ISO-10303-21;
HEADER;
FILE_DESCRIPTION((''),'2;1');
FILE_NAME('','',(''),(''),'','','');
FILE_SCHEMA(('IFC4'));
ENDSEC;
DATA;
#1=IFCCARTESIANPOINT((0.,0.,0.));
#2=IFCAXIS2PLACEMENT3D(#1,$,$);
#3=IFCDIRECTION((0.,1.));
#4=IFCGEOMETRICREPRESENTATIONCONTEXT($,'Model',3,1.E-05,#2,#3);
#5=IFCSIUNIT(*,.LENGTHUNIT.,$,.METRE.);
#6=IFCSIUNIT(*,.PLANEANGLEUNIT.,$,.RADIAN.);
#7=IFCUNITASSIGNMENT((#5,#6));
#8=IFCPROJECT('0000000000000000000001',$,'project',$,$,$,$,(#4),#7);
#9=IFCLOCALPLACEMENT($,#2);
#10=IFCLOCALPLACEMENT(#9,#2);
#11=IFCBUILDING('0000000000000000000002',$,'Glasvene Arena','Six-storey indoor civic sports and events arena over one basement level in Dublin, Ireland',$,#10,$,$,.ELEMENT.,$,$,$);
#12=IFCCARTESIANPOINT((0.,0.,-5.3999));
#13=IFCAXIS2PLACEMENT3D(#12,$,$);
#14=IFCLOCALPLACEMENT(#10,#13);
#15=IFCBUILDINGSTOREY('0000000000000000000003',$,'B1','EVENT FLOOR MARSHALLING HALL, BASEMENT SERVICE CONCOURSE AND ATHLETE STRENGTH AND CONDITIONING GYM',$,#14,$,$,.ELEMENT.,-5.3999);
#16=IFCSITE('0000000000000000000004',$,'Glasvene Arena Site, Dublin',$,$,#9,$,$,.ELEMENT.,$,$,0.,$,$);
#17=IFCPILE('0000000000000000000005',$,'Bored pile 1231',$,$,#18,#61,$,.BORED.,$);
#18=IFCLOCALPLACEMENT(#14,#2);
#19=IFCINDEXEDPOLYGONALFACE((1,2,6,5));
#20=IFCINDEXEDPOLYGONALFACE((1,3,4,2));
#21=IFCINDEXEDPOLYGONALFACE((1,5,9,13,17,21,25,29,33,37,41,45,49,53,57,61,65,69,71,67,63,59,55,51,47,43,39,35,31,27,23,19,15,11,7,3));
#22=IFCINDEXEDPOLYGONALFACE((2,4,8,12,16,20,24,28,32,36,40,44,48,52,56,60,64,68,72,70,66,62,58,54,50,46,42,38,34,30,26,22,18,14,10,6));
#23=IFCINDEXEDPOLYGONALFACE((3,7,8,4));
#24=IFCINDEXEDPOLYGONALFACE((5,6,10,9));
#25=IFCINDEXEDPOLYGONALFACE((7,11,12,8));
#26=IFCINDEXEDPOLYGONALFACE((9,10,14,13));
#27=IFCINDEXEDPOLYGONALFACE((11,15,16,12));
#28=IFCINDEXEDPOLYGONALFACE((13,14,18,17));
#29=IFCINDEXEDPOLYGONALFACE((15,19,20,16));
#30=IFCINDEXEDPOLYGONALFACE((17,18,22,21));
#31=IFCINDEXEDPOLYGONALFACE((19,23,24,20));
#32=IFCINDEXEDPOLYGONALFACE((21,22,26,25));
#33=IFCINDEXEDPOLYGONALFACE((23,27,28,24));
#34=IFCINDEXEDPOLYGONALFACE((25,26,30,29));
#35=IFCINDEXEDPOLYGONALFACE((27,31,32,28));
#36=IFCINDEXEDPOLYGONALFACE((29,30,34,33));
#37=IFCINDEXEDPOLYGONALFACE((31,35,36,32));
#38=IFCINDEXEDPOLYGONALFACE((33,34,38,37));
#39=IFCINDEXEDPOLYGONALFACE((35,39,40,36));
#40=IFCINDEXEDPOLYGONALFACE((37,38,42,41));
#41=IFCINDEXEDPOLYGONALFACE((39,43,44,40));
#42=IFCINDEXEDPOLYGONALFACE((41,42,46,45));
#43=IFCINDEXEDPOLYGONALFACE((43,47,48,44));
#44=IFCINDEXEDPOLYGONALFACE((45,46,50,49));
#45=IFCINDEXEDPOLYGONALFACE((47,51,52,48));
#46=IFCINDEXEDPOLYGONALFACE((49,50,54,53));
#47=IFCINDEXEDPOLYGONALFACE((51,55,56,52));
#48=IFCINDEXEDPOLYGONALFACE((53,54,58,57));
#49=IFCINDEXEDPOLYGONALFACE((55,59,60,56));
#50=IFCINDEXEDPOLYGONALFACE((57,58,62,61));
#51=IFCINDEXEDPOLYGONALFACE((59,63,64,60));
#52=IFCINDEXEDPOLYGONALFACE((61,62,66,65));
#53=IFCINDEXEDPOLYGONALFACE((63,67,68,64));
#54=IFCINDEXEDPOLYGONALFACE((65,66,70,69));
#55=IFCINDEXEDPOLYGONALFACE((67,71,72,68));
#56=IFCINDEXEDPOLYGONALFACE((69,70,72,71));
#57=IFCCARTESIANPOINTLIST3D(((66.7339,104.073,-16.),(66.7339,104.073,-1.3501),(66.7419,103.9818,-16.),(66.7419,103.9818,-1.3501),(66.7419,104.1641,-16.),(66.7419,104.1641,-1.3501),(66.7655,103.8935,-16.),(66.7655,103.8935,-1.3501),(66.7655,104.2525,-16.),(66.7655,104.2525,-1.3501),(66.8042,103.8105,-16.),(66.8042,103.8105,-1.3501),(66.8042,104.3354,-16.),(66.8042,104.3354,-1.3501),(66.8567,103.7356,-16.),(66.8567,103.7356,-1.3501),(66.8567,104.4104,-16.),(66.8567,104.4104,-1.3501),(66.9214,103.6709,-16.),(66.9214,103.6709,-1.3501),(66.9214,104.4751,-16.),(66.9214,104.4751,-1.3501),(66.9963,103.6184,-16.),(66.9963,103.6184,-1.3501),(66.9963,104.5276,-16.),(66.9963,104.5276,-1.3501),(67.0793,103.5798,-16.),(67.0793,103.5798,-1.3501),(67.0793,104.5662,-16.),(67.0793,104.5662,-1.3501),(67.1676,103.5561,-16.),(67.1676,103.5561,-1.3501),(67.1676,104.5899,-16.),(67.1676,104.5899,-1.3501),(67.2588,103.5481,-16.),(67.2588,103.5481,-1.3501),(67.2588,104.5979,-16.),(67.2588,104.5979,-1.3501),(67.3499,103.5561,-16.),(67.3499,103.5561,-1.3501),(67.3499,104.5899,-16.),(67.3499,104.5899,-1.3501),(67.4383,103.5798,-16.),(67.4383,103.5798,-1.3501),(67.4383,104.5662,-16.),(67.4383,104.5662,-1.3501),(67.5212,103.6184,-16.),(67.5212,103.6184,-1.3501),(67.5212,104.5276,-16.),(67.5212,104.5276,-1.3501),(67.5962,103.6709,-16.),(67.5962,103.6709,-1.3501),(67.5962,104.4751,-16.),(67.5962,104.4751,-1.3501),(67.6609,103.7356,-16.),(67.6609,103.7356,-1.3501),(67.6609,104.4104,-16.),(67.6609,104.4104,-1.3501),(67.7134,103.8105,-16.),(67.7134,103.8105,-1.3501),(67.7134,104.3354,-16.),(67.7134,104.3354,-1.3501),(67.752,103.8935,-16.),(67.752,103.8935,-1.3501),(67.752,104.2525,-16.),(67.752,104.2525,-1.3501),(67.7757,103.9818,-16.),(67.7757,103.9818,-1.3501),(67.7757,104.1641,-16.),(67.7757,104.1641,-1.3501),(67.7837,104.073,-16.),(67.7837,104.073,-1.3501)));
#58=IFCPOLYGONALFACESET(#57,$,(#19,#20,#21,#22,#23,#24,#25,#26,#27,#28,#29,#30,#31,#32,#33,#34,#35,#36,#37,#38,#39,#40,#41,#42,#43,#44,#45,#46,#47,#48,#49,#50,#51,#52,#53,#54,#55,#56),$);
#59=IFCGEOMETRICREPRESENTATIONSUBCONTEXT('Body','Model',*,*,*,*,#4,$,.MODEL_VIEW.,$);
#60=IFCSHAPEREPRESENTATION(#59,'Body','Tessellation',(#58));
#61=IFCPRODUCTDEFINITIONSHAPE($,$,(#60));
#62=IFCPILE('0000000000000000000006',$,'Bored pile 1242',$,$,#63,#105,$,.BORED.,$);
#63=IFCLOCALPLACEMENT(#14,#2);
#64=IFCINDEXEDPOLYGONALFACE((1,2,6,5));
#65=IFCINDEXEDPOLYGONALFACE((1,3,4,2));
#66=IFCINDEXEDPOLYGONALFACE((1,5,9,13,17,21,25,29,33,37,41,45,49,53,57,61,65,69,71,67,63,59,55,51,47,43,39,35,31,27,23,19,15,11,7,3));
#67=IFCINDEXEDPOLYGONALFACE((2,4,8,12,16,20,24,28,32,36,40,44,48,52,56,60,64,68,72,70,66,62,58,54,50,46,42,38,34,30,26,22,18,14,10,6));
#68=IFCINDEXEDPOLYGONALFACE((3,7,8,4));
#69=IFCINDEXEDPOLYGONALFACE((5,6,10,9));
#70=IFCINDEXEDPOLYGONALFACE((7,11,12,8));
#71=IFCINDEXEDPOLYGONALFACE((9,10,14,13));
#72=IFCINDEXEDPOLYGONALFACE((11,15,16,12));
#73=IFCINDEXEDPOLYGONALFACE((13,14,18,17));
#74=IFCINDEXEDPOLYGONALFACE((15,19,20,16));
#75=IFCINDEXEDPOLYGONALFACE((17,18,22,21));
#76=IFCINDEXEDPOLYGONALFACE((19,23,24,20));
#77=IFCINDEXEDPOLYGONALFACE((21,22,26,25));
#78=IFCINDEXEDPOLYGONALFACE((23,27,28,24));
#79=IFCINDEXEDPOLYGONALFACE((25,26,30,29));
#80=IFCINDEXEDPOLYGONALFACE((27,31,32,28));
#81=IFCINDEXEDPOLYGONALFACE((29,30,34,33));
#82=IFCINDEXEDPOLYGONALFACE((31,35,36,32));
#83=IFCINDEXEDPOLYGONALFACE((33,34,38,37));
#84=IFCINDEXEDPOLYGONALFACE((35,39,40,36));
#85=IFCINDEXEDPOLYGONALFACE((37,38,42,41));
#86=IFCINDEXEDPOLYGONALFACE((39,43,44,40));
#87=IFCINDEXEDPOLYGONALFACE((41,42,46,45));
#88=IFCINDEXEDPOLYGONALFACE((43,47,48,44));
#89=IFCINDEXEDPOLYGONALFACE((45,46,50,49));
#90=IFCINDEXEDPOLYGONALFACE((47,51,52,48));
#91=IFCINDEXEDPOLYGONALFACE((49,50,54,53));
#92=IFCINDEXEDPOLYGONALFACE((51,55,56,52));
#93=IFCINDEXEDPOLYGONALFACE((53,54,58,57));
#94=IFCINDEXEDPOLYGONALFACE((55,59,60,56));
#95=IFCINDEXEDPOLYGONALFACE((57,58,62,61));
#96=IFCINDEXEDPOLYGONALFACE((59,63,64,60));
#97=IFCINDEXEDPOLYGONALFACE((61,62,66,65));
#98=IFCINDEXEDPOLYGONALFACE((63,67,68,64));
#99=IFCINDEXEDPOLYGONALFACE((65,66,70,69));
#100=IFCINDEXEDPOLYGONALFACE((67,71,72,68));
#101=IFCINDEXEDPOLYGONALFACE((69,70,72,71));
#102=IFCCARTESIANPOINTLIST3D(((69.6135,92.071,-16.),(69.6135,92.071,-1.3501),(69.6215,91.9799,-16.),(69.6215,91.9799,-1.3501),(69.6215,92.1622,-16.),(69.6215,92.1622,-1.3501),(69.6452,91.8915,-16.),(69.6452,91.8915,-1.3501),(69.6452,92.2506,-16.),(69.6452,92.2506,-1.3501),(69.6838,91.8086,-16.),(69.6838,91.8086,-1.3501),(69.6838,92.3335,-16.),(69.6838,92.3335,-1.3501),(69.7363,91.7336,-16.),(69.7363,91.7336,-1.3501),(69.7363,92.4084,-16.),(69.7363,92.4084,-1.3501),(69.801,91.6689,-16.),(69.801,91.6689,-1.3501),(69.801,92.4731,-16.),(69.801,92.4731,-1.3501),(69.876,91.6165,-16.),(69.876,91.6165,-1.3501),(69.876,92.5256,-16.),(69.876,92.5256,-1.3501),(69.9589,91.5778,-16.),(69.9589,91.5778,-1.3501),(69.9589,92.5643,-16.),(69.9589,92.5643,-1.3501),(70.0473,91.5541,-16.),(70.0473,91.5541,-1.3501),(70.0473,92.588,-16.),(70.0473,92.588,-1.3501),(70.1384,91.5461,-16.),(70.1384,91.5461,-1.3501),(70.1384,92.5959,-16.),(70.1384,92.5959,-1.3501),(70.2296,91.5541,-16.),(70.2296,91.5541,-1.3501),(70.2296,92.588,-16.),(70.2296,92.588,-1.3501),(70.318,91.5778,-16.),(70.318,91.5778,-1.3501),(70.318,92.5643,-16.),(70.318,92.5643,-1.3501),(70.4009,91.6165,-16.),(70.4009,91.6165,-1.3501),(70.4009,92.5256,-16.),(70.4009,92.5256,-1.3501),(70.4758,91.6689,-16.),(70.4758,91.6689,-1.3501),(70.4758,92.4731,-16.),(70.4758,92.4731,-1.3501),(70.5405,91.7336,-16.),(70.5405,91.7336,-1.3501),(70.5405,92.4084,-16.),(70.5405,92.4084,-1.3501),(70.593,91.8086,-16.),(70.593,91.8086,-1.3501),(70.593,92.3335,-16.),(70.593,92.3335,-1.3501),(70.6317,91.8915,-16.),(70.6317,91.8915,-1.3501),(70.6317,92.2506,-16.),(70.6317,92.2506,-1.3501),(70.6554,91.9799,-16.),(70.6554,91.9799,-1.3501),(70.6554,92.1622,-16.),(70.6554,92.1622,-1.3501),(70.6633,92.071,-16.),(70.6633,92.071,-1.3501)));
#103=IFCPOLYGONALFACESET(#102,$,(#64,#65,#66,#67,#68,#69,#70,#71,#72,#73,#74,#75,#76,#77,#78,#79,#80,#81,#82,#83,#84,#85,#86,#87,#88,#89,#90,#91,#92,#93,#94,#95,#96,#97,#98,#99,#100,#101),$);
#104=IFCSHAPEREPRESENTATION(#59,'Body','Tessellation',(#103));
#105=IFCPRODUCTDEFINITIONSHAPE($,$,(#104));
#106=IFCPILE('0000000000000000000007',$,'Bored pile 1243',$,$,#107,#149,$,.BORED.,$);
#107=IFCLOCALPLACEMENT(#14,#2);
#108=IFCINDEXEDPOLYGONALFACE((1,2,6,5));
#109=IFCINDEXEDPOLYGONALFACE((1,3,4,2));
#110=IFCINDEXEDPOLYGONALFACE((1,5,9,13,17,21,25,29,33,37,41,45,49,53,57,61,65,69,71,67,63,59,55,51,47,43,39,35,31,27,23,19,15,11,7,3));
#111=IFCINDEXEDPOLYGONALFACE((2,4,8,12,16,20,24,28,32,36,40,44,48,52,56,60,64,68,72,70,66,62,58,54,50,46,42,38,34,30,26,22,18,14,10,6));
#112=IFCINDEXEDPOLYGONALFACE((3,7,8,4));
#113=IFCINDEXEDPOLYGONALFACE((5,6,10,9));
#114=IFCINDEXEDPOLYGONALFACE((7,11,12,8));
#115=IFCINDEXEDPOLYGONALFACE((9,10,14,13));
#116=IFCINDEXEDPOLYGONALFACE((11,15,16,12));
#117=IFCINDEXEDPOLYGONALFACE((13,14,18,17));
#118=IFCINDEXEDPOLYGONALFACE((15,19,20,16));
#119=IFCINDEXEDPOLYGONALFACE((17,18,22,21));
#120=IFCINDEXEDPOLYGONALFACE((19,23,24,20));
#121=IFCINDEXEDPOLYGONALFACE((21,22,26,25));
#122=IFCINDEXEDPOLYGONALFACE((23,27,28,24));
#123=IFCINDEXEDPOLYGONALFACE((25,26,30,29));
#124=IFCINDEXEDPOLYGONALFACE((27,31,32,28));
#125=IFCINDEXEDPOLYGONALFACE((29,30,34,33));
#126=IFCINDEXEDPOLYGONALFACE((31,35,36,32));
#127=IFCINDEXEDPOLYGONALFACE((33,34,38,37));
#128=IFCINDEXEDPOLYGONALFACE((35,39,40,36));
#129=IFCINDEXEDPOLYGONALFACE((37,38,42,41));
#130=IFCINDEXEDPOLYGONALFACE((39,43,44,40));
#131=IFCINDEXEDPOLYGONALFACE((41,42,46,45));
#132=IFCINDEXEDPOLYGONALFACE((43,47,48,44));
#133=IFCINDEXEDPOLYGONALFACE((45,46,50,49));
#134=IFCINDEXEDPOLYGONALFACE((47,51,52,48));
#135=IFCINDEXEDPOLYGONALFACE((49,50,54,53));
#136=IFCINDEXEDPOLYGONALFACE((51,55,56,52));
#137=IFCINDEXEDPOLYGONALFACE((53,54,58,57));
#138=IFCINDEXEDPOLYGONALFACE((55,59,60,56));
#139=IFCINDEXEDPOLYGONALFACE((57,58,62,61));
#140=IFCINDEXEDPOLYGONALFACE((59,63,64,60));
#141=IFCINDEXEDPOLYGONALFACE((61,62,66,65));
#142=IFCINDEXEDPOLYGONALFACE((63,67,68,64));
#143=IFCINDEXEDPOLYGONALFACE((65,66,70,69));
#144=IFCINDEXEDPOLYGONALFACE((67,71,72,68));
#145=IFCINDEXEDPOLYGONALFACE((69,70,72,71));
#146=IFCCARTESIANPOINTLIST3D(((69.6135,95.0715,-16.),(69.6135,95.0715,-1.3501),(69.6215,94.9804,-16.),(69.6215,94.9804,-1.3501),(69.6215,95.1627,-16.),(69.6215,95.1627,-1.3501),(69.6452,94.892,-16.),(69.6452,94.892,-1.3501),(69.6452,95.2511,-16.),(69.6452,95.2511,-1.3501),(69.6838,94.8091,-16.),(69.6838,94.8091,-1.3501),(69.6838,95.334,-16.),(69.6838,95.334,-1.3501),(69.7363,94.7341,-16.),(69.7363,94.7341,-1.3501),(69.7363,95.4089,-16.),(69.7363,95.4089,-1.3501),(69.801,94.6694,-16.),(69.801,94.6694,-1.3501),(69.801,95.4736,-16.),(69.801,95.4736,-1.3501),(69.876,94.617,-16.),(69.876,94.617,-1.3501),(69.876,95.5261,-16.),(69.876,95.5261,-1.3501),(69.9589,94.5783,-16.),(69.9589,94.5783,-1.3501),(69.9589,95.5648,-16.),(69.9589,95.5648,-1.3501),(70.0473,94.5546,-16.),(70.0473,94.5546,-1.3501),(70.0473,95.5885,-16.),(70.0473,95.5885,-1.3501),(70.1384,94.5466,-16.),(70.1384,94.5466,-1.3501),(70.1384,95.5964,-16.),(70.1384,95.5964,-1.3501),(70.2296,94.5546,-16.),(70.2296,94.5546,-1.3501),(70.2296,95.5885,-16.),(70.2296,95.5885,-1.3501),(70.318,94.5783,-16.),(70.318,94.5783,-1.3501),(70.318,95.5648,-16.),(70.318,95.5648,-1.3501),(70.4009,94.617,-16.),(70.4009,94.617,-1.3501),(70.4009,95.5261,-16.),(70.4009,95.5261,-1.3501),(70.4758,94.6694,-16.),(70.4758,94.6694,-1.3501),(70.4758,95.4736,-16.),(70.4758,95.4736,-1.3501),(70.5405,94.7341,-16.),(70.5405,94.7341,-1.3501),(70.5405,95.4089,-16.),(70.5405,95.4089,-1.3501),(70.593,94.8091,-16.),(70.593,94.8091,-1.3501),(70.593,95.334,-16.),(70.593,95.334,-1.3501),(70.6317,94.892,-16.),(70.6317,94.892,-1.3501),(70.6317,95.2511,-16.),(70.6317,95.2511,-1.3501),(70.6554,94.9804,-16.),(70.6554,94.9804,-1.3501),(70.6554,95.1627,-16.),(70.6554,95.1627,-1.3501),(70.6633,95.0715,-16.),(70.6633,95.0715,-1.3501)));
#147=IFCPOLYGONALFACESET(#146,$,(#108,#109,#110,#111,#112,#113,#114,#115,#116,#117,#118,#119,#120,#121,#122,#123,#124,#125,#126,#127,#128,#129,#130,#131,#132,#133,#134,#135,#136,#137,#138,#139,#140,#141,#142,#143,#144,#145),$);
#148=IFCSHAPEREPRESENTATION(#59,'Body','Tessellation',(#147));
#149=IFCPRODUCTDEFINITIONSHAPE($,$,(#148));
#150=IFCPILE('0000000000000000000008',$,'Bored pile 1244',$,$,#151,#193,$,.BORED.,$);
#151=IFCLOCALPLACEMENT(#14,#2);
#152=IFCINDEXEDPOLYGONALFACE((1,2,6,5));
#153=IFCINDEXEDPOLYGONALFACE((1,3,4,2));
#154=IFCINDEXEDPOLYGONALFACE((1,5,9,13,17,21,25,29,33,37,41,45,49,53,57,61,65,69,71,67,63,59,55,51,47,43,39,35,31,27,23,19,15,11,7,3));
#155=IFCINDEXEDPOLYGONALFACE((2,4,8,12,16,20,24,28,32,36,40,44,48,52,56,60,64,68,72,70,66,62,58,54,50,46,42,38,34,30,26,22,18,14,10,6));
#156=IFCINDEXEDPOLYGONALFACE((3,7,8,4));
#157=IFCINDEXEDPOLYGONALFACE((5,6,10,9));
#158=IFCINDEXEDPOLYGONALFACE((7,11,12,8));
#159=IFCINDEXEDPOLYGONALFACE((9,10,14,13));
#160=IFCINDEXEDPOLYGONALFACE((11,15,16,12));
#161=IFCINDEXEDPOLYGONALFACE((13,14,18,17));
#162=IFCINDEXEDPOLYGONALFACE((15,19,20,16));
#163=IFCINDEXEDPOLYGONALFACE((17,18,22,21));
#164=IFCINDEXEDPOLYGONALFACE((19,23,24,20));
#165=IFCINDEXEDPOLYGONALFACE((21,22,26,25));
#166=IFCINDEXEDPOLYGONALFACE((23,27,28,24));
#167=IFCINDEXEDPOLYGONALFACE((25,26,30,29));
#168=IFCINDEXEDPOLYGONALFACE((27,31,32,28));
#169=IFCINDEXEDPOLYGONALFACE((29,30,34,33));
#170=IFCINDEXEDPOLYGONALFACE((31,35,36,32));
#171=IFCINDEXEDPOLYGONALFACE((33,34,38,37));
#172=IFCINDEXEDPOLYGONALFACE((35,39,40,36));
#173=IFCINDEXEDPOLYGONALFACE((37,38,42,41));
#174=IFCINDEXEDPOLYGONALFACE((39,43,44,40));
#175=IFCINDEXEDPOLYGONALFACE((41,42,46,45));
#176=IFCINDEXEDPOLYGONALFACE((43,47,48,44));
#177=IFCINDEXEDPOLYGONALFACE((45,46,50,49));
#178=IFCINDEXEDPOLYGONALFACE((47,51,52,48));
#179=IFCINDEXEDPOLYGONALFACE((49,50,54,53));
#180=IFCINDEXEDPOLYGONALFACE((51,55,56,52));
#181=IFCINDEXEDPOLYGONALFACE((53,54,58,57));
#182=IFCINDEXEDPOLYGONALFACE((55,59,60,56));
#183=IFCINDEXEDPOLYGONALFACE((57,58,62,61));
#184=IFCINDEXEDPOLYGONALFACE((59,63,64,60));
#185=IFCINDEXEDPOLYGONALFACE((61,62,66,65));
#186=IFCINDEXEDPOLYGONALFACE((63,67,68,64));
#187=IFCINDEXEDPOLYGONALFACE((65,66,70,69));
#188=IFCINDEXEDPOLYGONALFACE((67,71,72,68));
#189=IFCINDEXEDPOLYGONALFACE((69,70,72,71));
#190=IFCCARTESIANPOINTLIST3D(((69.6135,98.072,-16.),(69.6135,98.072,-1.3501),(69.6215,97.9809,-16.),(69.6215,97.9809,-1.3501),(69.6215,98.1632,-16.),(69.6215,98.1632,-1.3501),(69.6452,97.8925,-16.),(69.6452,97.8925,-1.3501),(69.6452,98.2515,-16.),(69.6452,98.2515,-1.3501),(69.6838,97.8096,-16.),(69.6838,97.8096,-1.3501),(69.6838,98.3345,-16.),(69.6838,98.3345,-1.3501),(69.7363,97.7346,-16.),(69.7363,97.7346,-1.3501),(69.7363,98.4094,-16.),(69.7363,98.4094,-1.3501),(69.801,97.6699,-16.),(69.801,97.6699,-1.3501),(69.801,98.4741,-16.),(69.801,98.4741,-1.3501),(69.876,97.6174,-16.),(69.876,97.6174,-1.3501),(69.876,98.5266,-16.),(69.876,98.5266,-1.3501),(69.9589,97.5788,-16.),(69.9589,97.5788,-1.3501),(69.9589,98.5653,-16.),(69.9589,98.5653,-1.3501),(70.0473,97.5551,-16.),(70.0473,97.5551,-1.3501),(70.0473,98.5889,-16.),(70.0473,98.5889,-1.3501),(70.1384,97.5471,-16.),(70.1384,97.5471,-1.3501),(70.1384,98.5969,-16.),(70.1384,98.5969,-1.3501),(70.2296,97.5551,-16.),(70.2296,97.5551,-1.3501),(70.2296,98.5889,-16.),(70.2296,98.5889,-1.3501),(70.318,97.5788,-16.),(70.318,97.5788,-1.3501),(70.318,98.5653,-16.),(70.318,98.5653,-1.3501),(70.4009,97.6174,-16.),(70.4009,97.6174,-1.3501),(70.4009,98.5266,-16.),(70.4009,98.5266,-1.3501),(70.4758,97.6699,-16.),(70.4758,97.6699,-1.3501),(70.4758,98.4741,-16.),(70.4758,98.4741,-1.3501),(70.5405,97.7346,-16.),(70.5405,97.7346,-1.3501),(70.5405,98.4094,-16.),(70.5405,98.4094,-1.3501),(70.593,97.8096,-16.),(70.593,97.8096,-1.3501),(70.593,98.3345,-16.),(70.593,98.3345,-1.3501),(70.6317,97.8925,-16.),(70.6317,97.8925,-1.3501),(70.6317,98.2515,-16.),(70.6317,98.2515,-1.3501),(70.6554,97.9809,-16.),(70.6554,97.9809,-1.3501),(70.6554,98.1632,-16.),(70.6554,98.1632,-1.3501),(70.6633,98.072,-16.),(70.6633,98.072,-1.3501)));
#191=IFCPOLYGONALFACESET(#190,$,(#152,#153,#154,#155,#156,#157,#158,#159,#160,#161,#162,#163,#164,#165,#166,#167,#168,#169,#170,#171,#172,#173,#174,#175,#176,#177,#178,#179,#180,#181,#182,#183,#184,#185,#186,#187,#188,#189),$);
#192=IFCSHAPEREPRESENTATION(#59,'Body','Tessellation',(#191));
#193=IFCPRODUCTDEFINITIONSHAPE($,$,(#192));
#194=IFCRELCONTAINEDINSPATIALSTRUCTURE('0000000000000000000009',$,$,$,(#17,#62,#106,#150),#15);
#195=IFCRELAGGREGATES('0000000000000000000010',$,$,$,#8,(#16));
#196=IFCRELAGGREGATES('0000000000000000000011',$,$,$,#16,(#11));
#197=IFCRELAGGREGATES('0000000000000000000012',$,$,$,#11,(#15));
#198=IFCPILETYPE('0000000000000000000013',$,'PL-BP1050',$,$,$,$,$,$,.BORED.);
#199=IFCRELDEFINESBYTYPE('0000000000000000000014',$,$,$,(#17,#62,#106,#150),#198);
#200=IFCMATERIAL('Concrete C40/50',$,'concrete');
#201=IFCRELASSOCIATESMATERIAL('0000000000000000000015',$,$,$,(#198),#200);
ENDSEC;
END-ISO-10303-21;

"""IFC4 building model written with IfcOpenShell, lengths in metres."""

from ifc_helpers import new_model, si_unit, direction, frame, origin, origin_2d, place, context, subcontext, project, spatial, circle, extrude, material, material_profile, profile_set, type_object, element, save


model = new_model("IFC4")

# Units and contexts
model_context = context("Model", 3, precision=1e-05, world=origin(), true_north=direction((0.0, 1.0)))
body_context = subcontext(model_context, "Body", "Model", "MODEL_VIEW")
ifc_project = project(units=[si_unit("LENGTHUNIT", "METRE"), si_unit("PLANEANGLEUNIT", "RADIAN")], contexts=[model_context])

# Site, building, storey
site_placement = place(None, origin())
site = spatial("IfcSite", under=ifc_project, at=site_placement, Name="Glasvene Arena Site, Dublin", CompositionType="ELEMENT", RefElevation=0.0)
building_placement = place(site_placement, origin())
building = spatial("IfcBuilding", under=site, at=building_placement, Name="Glasvene Arena", Description="Six-storey indoor civic sports and events arena over one basement level in Dublin, Ireland", CompositionType="ELEMENT")
storey_placement = place(building_placement, frame((0.0, 0.0, -5.3999)))
storey = spatial("IfcBuildingStorey", under=building, at=storey_placement, Name="B1", Description="EVENT FLOOR MARSHALLING HALL, BASEMENT SERVICE CONCOURSE AND ATHLETE STRENGTH AND CONDITIONING GYM", CompositionType="ELEMENT", Elevation=-5.3999)

# Piles
ifc_material_1 = material(Name="Concrete C40/50", Category="concrete")
ifc_material_profile_1 = material_profile(ifc_material_1, circle(Radius=0.5249, at=origin_2d()), Name="BORED PILE 1050")
ifc_profile_set_1 = profile_set([ifc_material_profile_1], Name="Concrete C40/50")
pile_type = type_object("IfcPileType", Name="PL-BP1050", PredefinedType="BORED", material=ifc_profile_set_1)
for number, where, z_axis, x_axis, name in (
    (1, (67.2588, 104.073, -1.3501), (0.0, 0.0, -1.0), (1.0, 0.0, 0.0), "Bored pile 1231"),
    (2, (70.1384, 92.071, -1.3501), (0.0, 0.0, -1.0), (1.0, 0.0, 0.0), "Bored pile 1242"),
    (3, (70.1384, 95.0715, -1.3501), (0.0, 0.0, -1.0), (1.0, 0.0, 0.0), "Bored pile 1243"),
    (4, (70.1384, 98.072, -1.3501), (0.0, 0.0, -1.0), (1.0, 0.0, 0.0), "Bored pile 1244"),
):
    element("IfcPile", number, at=place(storey_placement, frame(where, z_axis=z_axis, x_axis=x_axis)), inside=storey, type_object=pile_type, Name=name, PredefinedType="BORED", context=body_context, shape_type="SweptSolid", body=[
        extrude(circle(Radius=0.5249, at=origin_2d()), origin(), (0.0, 0.0, 1.0), 14.6499),
    ])

save(model, "model.ifc")
